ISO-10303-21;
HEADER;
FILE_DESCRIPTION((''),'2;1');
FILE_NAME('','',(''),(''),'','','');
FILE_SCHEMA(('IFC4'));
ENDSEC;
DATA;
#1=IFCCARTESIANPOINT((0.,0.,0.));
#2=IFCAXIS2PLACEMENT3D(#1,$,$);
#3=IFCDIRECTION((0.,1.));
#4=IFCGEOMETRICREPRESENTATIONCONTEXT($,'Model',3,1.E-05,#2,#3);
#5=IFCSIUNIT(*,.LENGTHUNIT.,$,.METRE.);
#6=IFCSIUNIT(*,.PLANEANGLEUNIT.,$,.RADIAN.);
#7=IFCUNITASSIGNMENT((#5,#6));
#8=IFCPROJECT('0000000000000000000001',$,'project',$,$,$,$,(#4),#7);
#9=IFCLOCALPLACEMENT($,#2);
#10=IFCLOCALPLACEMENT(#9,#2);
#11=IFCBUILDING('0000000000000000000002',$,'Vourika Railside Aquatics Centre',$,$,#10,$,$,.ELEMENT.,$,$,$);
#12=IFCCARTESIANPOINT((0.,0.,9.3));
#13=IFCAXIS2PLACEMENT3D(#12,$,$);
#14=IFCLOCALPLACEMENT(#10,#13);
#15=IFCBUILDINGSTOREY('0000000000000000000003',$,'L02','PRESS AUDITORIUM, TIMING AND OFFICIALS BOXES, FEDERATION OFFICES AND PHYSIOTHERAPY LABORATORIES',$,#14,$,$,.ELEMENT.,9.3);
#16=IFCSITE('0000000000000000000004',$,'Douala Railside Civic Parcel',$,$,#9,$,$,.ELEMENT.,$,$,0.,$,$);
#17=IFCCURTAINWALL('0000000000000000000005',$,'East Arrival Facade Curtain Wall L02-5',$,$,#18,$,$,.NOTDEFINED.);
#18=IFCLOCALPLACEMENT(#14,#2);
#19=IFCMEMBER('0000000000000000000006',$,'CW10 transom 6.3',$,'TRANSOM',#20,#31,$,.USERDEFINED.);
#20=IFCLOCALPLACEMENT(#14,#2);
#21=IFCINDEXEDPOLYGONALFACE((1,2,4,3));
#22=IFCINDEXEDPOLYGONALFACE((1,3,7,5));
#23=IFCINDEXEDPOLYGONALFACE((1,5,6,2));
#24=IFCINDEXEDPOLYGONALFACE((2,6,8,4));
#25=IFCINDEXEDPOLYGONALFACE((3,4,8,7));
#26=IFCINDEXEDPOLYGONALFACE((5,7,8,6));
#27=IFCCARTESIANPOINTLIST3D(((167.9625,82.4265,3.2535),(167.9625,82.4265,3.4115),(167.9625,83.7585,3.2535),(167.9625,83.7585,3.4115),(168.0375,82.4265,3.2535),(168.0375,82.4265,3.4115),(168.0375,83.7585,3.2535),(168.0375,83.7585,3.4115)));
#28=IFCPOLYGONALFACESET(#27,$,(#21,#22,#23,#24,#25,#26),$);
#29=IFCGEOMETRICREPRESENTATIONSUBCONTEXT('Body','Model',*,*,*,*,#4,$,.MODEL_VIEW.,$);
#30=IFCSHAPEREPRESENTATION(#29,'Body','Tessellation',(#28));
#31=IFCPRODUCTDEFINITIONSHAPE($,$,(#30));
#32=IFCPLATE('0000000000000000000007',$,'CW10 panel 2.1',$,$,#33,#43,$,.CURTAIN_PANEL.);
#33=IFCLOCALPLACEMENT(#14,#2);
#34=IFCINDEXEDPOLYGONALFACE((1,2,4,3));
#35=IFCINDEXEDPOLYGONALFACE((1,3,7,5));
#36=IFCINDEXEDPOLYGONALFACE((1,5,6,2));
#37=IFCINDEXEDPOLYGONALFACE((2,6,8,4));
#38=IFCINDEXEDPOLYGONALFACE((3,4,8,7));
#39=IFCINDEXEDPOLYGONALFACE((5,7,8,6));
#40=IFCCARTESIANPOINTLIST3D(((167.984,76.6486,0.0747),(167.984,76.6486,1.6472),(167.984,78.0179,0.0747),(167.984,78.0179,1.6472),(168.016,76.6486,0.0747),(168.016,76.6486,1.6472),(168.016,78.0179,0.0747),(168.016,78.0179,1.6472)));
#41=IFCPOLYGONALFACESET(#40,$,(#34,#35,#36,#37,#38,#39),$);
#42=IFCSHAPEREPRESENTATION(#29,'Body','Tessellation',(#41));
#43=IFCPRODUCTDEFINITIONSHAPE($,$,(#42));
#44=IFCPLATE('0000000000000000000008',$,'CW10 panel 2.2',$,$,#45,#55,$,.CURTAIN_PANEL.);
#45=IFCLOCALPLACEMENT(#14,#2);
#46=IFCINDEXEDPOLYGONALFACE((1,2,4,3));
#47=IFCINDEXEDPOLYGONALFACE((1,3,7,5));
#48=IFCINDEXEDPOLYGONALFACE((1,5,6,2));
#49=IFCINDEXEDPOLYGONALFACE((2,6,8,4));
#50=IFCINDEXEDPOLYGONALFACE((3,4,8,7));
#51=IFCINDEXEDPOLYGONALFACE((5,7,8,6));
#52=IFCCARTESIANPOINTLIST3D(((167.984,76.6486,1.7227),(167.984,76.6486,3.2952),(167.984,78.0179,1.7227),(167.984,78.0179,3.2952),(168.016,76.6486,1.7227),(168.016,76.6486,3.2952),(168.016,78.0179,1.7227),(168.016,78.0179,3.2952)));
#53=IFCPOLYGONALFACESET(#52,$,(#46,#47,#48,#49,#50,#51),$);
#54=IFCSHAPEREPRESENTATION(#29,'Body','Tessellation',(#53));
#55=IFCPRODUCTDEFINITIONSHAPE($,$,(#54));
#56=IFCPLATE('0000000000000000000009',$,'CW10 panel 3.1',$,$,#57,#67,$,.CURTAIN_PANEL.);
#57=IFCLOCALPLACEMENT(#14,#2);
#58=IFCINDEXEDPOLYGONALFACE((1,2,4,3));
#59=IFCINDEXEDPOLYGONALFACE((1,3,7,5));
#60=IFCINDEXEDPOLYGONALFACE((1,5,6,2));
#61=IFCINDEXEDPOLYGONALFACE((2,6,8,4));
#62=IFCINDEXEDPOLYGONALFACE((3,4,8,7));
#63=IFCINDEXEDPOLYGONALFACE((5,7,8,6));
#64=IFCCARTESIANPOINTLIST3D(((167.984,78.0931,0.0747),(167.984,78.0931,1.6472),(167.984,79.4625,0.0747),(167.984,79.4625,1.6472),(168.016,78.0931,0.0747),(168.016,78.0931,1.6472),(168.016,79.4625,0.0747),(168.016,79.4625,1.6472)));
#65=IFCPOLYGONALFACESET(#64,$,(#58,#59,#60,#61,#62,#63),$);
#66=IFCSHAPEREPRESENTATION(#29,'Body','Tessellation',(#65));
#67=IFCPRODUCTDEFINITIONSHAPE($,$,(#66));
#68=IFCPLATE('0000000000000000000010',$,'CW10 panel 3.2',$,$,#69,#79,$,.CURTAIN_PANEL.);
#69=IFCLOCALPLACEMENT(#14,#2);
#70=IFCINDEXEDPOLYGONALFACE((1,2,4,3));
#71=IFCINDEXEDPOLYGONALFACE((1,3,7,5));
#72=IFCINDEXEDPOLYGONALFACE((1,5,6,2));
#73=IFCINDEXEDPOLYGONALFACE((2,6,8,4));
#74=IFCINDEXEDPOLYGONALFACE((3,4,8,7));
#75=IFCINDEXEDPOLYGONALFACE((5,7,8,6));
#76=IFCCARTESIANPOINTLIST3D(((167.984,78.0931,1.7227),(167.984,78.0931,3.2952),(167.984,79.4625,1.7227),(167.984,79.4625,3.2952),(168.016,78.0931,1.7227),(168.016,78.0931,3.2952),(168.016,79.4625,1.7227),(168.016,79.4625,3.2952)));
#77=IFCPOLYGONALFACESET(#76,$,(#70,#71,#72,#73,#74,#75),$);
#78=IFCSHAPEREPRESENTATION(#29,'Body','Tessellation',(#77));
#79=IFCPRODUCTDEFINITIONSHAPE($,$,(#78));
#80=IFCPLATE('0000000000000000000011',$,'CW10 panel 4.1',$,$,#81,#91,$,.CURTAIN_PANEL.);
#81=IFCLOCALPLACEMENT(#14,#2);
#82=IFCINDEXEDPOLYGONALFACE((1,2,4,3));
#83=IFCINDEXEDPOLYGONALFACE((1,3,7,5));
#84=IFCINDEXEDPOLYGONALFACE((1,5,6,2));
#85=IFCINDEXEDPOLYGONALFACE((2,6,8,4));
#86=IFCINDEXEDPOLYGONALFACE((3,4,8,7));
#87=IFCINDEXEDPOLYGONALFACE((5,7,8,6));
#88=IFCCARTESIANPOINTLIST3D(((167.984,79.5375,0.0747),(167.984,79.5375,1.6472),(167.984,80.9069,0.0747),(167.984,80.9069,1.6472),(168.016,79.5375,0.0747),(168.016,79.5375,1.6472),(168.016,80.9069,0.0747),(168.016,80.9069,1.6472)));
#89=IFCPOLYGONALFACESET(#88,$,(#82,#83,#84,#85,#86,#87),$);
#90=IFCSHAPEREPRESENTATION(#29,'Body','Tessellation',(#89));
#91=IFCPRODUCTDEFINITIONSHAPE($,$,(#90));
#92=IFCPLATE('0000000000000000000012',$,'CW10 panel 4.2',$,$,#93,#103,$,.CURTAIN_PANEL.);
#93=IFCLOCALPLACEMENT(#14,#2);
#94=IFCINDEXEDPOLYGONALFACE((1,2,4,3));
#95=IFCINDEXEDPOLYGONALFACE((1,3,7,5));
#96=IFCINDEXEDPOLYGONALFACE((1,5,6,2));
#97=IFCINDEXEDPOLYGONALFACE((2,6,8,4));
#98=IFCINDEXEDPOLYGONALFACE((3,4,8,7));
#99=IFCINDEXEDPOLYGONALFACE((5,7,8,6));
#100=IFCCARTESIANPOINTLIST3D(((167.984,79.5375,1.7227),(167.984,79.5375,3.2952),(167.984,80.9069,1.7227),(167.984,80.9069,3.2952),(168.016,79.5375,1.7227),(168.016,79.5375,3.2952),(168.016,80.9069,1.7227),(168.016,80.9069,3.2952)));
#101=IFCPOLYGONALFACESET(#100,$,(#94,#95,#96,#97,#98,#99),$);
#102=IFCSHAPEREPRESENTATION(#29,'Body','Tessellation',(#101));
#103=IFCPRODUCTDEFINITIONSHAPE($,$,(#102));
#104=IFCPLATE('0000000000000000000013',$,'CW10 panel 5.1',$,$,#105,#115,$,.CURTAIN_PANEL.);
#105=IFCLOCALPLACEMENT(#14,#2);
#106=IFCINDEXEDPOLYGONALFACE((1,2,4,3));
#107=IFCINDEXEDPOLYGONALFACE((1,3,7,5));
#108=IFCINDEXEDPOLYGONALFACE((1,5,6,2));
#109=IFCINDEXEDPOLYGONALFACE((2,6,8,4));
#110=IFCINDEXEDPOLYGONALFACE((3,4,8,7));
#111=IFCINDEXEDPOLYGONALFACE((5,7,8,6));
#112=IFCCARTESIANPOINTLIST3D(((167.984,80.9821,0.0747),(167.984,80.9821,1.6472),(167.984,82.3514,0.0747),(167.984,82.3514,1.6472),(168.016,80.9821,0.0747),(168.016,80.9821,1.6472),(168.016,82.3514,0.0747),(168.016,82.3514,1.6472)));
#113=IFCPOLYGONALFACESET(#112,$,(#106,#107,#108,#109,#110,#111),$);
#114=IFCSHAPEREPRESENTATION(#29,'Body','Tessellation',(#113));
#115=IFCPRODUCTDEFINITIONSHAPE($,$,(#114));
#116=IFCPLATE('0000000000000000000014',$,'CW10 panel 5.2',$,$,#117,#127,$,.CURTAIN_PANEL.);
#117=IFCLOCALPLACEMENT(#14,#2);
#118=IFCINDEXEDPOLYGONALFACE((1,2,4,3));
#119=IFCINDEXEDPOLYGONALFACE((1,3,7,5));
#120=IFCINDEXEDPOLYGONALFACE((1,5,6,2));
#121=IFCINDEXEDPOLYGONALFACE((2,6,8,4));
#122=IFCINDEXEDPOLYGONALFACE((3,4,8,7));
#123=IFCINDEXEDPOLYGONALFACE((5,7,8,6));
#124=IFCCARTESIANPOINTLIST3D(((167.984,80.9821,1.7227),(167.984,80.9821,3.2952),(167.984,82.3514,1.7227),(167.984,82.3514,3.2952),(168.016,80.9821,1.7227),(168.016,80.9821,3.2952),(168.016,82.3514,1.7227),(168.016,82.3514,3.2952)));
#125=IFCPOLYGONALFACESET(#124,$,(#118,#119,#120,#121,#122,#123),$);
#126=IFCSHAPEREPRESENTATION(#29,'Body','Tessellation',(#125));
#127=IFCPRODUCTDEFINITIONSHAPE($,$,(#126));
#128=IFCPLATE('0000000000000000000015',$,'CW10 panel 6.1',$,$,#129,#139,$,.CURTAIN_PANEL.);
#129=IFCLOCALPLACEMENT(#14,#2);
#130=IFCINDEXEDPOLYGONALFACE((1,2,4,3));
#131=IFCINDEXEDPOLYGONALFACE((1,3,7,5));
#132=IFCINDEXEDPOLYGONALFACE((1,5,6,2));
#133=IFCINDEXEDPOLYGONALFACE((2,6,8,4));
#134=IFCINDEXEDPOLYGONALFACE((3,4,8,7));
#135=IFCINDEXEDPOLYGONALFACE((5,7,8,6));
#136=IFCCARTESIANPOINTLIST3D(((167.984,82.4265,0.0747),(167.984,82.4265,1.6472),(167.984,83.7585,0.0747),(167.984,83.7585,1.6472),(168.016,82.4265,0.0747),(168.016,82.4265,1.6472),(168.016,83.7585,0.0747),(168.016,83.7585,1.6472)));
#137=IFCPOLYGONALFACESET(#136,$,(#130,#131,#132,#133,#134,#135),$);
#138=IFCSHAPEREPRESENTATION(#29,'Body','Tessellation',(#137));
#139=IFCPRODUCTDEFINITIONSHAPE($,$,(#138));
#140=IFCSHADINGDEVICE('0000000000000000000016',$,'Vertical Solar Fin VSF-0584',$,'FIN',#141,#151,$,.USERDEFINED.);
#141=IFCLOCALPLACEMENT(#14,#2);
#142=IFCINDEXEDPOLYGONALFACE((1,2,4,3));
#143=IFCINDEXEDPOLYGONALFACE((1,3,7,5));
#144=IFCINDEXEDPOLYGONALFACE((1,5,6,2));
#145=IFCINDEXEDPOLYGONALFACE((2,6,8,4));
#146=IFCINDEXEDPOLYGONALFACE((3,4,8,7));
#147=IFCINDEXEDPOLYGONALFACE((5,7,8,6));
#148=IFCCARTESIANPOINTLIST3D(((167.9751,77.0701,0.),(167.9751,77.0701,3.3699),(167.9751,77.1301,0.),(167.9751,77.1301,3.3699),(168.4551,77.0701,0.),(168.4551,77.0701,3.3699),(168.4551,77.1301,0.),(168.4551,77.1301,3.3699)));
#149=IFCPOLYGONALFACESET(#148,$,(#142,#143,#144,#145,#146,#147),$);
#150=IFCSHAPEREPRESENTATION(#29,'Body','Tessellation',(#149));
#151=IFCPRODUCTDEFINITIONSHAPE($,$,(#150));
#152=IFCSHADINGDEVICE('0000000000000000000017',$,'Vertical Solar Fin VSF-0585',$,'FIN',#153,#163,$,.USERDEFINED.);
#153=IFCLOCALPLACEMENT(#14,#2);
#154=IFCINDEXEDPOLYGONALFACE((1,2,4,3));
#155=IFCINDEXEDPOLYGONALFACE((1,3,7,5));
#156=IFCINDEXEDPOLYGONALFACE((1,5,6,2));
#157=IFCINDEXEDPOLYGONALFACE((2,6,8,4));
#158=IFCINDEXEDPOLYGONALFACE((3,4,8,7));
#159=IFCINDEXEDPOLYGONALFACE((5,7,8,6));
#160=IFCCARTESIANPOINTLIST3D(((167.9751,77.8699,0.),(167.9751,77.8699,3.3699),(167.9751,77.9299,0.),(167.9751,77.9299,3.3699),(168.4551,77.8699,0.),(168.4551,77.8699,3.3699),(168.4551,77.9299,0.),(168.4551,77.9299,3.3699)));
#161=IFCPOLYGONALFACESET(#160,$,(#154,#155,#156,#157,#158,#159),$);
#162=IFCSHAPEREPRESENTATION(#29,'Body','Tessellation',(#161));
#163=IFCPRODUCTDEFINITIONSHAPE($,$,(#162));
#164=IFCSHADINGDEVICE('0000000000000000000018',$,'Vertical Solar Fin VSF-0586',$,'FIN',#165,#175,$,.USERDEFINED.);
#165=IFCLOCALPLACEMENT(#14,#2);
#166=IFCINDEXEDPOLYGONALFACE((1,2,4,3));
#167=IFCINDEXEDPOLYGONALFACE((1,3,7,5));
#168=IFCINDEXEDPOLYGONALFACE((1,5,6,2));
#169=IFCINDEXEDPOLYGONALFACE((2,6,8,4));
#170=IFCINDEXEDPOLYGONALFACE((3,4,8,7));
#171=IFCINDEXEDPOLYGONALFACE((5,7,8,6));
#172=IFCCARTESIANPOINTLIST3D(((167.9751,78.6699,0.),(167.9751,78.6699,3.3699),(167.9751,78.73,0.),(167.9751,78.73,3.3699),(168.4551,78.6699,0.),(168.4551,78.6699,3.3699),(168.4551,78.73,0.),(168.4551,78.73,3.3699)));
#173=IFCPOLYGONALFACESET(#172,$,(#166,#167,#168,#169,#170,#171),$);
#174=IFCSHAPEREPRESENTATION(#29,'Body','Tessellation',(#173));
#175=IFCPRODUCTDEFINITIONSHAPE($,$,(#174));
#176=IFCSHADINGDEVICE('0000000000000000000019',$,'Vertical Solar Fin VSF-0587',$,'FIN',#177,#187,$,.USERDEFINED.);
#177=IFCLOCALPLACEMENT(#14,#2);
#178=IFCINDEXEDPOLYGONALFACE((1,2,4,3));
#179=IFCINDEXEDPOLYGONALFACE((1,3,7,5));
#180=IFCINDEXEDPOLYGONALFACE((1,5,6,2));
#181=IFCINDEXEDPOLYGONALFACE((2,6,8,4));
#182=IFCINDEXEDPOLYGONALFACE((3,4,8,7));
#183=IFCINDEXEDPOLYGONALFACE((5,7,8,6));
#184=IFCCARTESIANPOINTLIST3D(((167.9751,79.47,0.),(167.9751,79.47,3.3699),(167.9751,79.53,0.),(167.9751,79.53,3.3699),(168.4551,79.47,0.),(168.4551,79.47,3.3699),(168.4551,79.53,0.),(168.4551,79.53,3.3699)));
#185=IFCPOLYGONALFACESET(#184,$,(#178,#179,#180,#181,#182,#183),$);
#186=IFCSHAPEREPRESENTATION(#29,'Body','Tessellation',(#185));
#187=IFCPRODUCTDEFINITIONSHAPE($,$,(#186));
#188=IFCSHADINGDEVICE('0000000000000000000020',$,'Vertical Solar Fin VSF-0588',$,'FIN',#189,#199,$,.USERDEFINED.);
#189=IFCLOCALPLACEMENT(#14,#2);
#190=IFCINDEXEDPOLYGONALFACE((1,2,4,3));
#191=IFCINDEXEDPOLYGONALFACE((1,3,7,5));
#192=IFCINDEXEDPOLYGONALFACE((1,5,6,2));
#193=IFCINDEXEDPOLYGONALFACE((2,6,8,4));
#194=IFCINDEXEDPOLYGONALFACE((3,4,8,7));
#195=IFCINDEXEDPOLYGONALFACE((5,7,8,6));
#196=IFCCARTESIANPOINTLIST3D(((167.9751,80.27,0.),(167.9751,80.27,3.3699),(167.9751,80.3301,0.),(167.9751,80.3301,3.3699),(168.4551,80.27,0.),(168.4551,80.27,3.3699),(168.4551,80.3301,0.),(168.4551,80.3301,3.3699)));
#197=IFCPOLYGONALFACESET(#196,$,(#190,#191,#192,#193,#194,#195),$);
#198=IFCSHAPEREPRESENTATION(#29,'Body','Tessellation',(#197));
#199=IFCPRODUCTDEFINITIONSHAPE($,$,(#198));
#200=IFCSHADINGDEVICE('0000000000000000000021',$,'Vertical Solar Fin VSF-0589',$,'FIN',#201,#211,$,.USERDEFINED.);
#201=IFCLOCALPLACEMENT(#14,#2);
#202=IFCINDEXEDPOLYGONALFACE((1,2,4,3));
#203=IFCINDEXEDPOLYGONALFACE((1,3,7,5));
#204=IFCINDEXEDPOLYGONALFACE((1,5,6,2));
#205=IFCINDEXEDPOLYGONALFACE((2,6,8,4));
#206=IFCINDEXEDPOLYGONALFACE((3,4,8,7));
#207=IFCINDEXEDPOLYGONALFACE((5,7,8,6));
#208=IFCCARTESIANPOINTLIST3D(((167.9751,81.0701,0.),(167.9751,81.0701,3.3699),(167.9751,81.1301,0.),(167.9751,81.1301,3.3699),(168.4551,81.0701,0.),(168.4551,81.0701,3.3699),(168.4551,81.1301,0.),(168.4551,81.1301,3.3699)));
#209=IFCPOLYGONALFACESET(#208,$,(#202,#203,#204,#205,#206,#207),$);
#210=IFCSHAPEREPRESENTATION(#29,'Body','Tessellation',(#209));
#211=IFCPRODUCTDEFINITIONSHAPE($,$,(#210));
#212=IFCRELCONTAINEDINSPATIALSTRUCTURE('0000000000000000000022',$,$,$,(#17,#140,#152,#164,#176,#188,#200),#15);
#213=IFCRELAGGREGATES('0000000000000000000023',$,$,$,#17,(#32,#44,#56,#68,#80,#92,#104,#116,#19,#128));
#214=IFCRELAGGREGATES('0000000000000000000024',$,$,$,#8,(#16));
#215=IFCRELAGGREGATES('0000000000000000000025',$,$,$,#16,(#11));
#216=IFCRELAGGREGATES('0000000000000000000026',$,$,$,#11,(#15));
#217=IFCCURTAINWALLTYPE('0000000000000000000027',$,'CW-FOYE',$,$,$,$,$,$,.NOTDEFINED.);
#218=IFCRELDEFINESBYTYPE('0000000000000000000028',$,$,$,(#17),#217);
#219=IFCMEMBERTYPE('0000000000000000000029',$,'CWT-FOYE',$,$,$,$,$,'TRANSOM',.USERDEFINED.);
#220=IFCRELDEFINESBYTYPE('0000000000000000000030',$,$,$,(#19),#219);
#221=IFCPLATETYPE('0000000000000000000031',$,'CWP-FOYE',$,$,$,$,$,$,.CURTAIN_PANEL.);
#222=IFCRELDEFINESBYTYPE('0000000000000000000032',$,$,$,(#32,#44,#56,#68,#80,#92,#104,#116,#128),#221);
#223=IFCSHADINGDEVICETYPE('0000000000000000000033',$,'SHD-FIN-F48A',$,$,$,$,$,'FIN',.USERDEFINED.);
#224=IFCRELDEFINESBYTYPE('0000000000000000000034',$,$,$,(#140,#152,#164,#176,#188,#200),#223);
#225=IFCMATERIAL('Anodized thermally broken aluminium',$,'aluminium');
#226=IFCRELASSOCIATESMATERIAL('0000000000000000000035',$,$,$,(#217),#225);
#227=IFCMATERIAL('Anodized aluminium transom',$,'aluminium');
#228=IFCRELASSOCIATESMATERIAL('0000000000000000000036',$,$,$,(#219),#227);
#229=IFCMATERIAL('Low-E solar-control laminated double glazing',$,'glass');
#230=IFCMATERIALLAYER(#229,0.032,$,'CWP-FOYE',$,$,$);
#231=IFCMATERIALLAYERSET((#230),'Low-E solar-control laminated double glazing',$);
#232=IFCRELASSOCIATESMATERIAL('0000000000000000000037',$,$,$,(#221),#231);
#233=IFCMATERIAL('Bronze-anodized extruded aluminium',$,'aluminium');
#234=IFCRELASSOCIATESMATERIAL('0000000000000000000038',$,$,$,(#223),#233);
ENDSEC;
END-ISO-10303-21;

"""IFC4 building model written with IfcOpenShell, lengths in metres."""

from ifc_helpers import new_model, si_unit, direction, frame, origin, origin_2d, place, context, subcontext, project, spatial, rectangle, extrude, material, layer, layer_set, material_profile, profile_set, type_object, element, aggregate, save


model = new_model("IFC4")

# Units and contexts
model_context = context("Model", 3, precision=1e-05, world=origin(), true_north=direction((0.0, 1.0)))
body_context = subcontext(model_context, "Body", "Model", "MODEL_VIEW")
ifc_project = project(units=[si_unit("LENGTHUNIT", "METRE"), si_unit("PLANEANGLEUNIT", "RADIAN")], contexts=[model_context])

# Site, building, storey
site_placement = place(None, origin())
site = spatial("IfcSite", under=ifc_project, at=site_placement, Name="Douala Railside Civic Parcel", CompositionType="ELEMENT", RefElevation=0.0)
building_placement = place(site_placement, origin())
building = spatial("IfcBuilding", under=site, at=building_placement, Name="Vourika Railside Aquatics Centre", CompositionType="ELEMENT")
storey_placement = place(building_placement, frame((0.0, 0.0, 9.3)))
storey = spatial("IfcBuildingStorey", under=building, at=storey_placement, Name="L02", Description="PRESS AUDITORIUM, TIMING AND OFFICIALS BOXES, FEDERATION OFFICES AND PHYSIOTHERAPY LABORATORIES", CompositionType="ELEMENT", Elevation=9.3)

# Curtain wall, member, plates
ifc_material_1 = material(Name="Anodized thermally broken aluminium", Category="aluminium")
curtain_wall_type = type_object("IfcCurtainWallType", Name="CW-FOYE", PredefinedType="NOTDEFINED", material=ifc_material_1)
curtain_wall_placement = place(storey_placement, origin())
curtain_wall = element("IfcCurtainWall", 1, at=curtain_wall_placement, inside=storey, type_object=curtain_wall_type, Name="East Arrival Facade Curtain Wall L02-5", PredefinedType="NOTDEFINED")
ifc_material_2 = material(Name="Anodized aluminium transom", Category="aluminium")
ifc_material_profile_1 = material_profile(ifc_material_2, rectangle(XDim=0.075, YDim=0.158, at=origin_2d()), Name="ALU-T 75x158")
ifc_profile_set_1 = profile_set([ifc_material_profile_1], Name="Anodized aluminium transom")
member_type_1 = type_object("IfcMemberType", Name="CWT-FOYE", ElementType="TRANSOM", PredefinedType="USERDEFINED", material=ifc_profile_set_1)
member_1_placement = place(storey_placement, frame((168.0, 82.4265, 3.3325), z_axis=(0.0, 1.0, 0.0), x_axis=(-1.0, 0.0, 0.0)))
member_1 = element("IfcMember", 2, at=member_1_placement, type_object=member_type_1, Name="CW10 transom 6.3", ObjectType="TRANSOM", PredefinedType="USERDEFINED", context=body_context, shape_type="SweptSolid", body=[
    extrude(rectangle(XDim=0.075, YDim=0.158, at=origin_2d()), origin(), (0.0, 0.0, 1.0), 1.332),
])
ifc_material_3 = material(Name="Low-E solar-control laminated double glazing", Category="glass")
ifc_layer = layer(ifc_material_3, 0.032, Name="CWP-FOYE")
ifc_layer_set = layer_set([ifc_layer], Name="Low-E solar-control laminated double glazing")
plate_type = type_object("IfcPlateType", Name="CWP-FOYE", PredefinedType="CURTAIN_PANEL", material=ifc_layer_set)
plate_1_placement = place(storey_placement, frame((168.0, 77.3333, 0.0747), z_axis=(0.0, 0.0, 1.0), x_axis=(0.0, 1.0, 0.0)))
plate_1 = element("IfcPlate", 3, at=plate_1_placement, type_object=plate_type, Name="CW10 panel 2.1", PredefinedType="CURTAIN_PANEL", context=body_context, shape_type="SweptSolid", body=[
    extrude(rectangle(XDim=1.3694, YDim=0.032, at=origin_2d()), origin(), (0.0, 0.0, 1.0), 1.5725),
])
plate_2_placement = place(storey_placement, frame((168.0, 77.3333, 1.7227), z_axis=(0.0, 0.0, 1.0), x_axis=(0.0, 1.0, 0.0)))
plate_2 = element("IfcPlate", 4, at=plate_2_placement, type_object=plate_type, Name="CW10 panel 2.2", PredefinedType="CURTAIN_PANEL", context=body_context, shape_type="SweptSolid", body=[
    extrude(rectangle(XDim=1.3694, YDim=0.032, at=origin_2d()), origin(), (0.0, 0.0, 1.0), 1.5725),
])
plate_3_placement = place(storey_placement, frame((168.0, 78.7778, 0.0747), z_axis=(0.0, 0.0, 1.0), x_axis=(0.0, 1.0, 0.0)))
plate_3 = element("IfcPlate", 5, at=plate_3_placement, type_object=plate_type, Name="CW10 panel 3.1", PredefinedType="CURTAIN_PANEL", context=body_context, shape_type="SweptSolid", body=[
    extrude(rectangle(XDim=1.3694, YDim=0.032, at=origin_2d()), origin(), (0.0, 0.0, 1.0), 1.5725),
])
plate_4_placement = place(storey_placement, frame((168.0, 78.7778, 1.7227), z_axis=(0.0, 0.0, 1.0), x_axis=(0.0, 1.0, 0.0)))
plate_4 = element("IfcPlate", 6, at=plate_4_placement, type_object=plate_type, Name="CW10 panel 3.2", PredefinedType="CURTAIN_PANEL", context=body_context, shape_type="SweptSolid", body=[
    extrude(rectangle(XDim=1.3694, YDim=0.032, at=origin_2d()), origin(), (0.0, 0.0, 1.0), 1.5725),
])
plate_5_placement = place(storey_placement, frame((168.0, 80.2222, 0.0747), z_axis=(0.0, 0.0, 1.0), x_axis=(0.0, 1.0, 0.0)))
plate_5 = element("IfcPlate", 7, at=plate_5_placement, type_object=plate_type, Name="CW10 panel 4.1", PredefinedType="CURTAIN_PANEL", context=body_context, shape_type="SweptSolid", body=[
    extrude(rectangle(XDim=1.3694, YDim=0.032, at=origin_2d()), origin(), (0.0, 0.0, 1.0), 1.5725),
])
plate_6_placement = place(storey_placement, frame((168.0, 80.2222, 1.7227), z_axis=(0.0, 0.0, 1.0), x_axis=(0.0, 1.0, 0.0)))
plate_6 = element("IfcPlate", 8, at=plate_6_placement, type_object=plate_type, Name="CW10 panel 4.2", PredefinedType="CURTAIN_PANEL", context=body_context, shape_type="SweptSolid", body=[
    extrude(rectangle(XDim=1.3694, YDim=0.032, at=origin_2d()), origin(), (0.0, 0.0, 1.0), 1.5725),
])
plate_7_placement = place(storey_placement, frame((168.0, 81.6667, 0.0747), z_axis=(0.0, 0.0, 1.0), x_axis=(0.0, 1.0, 0.0)))
plate_7 = element("IfcPlate", 9, at=plate_7_placement, type_object=plate_type, Name="CW10 panel 5.1", PredefinedType="CURTAIN_PANEL", context=body_context, shape_type="SweptSolid", body=[
    extrude(rectangle(XDim=1.3694, YDim=0.032, at=origin_2d()), origin(), (0.0, 0.0, 1.0), 1.5725),
])
plate_8_placement = place(storey_placement, frame((168.0, 81.6667, 1.7227), z_axis=(0.0, 0.0, 1.0), x_axis=(0.0, 1.0, 0.0)))
plate_8 = element("IfcPlate", 10, at=plate_8_placement, type_object=plate_type, Name="CW10 panel 5.2", PredefinedType="CURTAIN_PANEL", context=body_context, shape_type="SweptSolid", body=[
    extrude(rectangle(XDim=1.3694, YDim=0.032, at=origin_2d()), origin(), (0.0, 0.0, 1.0), 1.5725),
])
plate_9_placement = place(storey_placement, frame((168.0, 83.0925, 0.0747), z_axis=(0.0, 0.0, 1.0), x_axis=(0.0, 1.0, 0.0)))
plate_9 = element("IfcPlate", 11, at=plate_9_placement, type_object=plate_type, Name="CW10 panel 6.1", PredefinedType="CURTAIN_PANEL", context=body_context, shape_type="SweptSolid", body=[
    extrude(rectangle(XDim=1.332, YDim=0.032, at=origin_2d()), origin(), (0.0, 0.0, 1.0), 1.5725),
])
aggregate(curtain_wall, [plate_1, plate_2, plate_3, plate_4, plate_5, plate_6, plate_7, plate_8, member_1, plate_9])

# Shading devices
ifc_material_4 = material(Name="Bronze-anodized extruded aluminium", Category="aluminium")
ifc_material_profile_2 = material_profile(ifc_material_4, rectangle(XDim=0.0601, YDim=0.48, at=origin_2d()), Name="ALU-FIN 60x480")
ifc_profile_set_2 = profile_set([ifc_material_profile_2], Name="Bronze-anodized extruded aluminium")
shading_device_type = type_object("IfcShadingDeviceType", Name="SHD-FIN-F48A", ElementType="FIN", PredefinedType="USERDEFINED", material=ifc_profile_set_2)
for number, where, z_axis, x_axis, name in (
    (12, (168.2151, 77.1001, 0.0), (0.0, 0.0, 1.0), (0.0, -1.0, 0.0), "Vertical Solar Fin VSF-0584"),
    (13, (168.2151, 77.8999, 0.0), (0.0, 0.0, 1.0), (0.0, -1.0, 0.0), "Vertical Solar Fin VSF-0585"),
    (14, (168.2151, 78.7, 0.0), (0.0, 0.0, 1.0), (0.0, -1.0, 0.0), "Vertical Solar Fin VSF-0586"),
    (15, (168.2151, 79.5, 0.0), (0.0, 0.0, 1.0), (0.0, -1.0, 0.0), "Vertical Solar Fin VSF-0587"),
    (16, (168.2151, 80.3, 0.0), (0.0, 0.0, 1.0), (0.0, -1.0, 0.0), "Vertical Solar Fin VSF-0588"),
    (17, (168.2151, 81.1001, 0.0), (0.0, 0.0, 1.0), (0.0, -1.0, 0.0), "Vertical Solar Fin VSF-0589"),
):
    element("IfcShadingDevice", number, at=place(storey_placement, frame(where, z_axis=z_axis, x_axis=x_axis)), inside=storey, type_object=shading_device_type, Name=name, ObjectType="FIN", PredefinedType="USERDEFINED", context=body_context, shape_type="SweptSolid", body=[
        extrude(rectangle(XDim=0.0601, YDim=0.48, at=origin_2d()), origin(), (0.0, 0.0, 1.0), 3.3699),
    ])

save(model, "model.ifc")
